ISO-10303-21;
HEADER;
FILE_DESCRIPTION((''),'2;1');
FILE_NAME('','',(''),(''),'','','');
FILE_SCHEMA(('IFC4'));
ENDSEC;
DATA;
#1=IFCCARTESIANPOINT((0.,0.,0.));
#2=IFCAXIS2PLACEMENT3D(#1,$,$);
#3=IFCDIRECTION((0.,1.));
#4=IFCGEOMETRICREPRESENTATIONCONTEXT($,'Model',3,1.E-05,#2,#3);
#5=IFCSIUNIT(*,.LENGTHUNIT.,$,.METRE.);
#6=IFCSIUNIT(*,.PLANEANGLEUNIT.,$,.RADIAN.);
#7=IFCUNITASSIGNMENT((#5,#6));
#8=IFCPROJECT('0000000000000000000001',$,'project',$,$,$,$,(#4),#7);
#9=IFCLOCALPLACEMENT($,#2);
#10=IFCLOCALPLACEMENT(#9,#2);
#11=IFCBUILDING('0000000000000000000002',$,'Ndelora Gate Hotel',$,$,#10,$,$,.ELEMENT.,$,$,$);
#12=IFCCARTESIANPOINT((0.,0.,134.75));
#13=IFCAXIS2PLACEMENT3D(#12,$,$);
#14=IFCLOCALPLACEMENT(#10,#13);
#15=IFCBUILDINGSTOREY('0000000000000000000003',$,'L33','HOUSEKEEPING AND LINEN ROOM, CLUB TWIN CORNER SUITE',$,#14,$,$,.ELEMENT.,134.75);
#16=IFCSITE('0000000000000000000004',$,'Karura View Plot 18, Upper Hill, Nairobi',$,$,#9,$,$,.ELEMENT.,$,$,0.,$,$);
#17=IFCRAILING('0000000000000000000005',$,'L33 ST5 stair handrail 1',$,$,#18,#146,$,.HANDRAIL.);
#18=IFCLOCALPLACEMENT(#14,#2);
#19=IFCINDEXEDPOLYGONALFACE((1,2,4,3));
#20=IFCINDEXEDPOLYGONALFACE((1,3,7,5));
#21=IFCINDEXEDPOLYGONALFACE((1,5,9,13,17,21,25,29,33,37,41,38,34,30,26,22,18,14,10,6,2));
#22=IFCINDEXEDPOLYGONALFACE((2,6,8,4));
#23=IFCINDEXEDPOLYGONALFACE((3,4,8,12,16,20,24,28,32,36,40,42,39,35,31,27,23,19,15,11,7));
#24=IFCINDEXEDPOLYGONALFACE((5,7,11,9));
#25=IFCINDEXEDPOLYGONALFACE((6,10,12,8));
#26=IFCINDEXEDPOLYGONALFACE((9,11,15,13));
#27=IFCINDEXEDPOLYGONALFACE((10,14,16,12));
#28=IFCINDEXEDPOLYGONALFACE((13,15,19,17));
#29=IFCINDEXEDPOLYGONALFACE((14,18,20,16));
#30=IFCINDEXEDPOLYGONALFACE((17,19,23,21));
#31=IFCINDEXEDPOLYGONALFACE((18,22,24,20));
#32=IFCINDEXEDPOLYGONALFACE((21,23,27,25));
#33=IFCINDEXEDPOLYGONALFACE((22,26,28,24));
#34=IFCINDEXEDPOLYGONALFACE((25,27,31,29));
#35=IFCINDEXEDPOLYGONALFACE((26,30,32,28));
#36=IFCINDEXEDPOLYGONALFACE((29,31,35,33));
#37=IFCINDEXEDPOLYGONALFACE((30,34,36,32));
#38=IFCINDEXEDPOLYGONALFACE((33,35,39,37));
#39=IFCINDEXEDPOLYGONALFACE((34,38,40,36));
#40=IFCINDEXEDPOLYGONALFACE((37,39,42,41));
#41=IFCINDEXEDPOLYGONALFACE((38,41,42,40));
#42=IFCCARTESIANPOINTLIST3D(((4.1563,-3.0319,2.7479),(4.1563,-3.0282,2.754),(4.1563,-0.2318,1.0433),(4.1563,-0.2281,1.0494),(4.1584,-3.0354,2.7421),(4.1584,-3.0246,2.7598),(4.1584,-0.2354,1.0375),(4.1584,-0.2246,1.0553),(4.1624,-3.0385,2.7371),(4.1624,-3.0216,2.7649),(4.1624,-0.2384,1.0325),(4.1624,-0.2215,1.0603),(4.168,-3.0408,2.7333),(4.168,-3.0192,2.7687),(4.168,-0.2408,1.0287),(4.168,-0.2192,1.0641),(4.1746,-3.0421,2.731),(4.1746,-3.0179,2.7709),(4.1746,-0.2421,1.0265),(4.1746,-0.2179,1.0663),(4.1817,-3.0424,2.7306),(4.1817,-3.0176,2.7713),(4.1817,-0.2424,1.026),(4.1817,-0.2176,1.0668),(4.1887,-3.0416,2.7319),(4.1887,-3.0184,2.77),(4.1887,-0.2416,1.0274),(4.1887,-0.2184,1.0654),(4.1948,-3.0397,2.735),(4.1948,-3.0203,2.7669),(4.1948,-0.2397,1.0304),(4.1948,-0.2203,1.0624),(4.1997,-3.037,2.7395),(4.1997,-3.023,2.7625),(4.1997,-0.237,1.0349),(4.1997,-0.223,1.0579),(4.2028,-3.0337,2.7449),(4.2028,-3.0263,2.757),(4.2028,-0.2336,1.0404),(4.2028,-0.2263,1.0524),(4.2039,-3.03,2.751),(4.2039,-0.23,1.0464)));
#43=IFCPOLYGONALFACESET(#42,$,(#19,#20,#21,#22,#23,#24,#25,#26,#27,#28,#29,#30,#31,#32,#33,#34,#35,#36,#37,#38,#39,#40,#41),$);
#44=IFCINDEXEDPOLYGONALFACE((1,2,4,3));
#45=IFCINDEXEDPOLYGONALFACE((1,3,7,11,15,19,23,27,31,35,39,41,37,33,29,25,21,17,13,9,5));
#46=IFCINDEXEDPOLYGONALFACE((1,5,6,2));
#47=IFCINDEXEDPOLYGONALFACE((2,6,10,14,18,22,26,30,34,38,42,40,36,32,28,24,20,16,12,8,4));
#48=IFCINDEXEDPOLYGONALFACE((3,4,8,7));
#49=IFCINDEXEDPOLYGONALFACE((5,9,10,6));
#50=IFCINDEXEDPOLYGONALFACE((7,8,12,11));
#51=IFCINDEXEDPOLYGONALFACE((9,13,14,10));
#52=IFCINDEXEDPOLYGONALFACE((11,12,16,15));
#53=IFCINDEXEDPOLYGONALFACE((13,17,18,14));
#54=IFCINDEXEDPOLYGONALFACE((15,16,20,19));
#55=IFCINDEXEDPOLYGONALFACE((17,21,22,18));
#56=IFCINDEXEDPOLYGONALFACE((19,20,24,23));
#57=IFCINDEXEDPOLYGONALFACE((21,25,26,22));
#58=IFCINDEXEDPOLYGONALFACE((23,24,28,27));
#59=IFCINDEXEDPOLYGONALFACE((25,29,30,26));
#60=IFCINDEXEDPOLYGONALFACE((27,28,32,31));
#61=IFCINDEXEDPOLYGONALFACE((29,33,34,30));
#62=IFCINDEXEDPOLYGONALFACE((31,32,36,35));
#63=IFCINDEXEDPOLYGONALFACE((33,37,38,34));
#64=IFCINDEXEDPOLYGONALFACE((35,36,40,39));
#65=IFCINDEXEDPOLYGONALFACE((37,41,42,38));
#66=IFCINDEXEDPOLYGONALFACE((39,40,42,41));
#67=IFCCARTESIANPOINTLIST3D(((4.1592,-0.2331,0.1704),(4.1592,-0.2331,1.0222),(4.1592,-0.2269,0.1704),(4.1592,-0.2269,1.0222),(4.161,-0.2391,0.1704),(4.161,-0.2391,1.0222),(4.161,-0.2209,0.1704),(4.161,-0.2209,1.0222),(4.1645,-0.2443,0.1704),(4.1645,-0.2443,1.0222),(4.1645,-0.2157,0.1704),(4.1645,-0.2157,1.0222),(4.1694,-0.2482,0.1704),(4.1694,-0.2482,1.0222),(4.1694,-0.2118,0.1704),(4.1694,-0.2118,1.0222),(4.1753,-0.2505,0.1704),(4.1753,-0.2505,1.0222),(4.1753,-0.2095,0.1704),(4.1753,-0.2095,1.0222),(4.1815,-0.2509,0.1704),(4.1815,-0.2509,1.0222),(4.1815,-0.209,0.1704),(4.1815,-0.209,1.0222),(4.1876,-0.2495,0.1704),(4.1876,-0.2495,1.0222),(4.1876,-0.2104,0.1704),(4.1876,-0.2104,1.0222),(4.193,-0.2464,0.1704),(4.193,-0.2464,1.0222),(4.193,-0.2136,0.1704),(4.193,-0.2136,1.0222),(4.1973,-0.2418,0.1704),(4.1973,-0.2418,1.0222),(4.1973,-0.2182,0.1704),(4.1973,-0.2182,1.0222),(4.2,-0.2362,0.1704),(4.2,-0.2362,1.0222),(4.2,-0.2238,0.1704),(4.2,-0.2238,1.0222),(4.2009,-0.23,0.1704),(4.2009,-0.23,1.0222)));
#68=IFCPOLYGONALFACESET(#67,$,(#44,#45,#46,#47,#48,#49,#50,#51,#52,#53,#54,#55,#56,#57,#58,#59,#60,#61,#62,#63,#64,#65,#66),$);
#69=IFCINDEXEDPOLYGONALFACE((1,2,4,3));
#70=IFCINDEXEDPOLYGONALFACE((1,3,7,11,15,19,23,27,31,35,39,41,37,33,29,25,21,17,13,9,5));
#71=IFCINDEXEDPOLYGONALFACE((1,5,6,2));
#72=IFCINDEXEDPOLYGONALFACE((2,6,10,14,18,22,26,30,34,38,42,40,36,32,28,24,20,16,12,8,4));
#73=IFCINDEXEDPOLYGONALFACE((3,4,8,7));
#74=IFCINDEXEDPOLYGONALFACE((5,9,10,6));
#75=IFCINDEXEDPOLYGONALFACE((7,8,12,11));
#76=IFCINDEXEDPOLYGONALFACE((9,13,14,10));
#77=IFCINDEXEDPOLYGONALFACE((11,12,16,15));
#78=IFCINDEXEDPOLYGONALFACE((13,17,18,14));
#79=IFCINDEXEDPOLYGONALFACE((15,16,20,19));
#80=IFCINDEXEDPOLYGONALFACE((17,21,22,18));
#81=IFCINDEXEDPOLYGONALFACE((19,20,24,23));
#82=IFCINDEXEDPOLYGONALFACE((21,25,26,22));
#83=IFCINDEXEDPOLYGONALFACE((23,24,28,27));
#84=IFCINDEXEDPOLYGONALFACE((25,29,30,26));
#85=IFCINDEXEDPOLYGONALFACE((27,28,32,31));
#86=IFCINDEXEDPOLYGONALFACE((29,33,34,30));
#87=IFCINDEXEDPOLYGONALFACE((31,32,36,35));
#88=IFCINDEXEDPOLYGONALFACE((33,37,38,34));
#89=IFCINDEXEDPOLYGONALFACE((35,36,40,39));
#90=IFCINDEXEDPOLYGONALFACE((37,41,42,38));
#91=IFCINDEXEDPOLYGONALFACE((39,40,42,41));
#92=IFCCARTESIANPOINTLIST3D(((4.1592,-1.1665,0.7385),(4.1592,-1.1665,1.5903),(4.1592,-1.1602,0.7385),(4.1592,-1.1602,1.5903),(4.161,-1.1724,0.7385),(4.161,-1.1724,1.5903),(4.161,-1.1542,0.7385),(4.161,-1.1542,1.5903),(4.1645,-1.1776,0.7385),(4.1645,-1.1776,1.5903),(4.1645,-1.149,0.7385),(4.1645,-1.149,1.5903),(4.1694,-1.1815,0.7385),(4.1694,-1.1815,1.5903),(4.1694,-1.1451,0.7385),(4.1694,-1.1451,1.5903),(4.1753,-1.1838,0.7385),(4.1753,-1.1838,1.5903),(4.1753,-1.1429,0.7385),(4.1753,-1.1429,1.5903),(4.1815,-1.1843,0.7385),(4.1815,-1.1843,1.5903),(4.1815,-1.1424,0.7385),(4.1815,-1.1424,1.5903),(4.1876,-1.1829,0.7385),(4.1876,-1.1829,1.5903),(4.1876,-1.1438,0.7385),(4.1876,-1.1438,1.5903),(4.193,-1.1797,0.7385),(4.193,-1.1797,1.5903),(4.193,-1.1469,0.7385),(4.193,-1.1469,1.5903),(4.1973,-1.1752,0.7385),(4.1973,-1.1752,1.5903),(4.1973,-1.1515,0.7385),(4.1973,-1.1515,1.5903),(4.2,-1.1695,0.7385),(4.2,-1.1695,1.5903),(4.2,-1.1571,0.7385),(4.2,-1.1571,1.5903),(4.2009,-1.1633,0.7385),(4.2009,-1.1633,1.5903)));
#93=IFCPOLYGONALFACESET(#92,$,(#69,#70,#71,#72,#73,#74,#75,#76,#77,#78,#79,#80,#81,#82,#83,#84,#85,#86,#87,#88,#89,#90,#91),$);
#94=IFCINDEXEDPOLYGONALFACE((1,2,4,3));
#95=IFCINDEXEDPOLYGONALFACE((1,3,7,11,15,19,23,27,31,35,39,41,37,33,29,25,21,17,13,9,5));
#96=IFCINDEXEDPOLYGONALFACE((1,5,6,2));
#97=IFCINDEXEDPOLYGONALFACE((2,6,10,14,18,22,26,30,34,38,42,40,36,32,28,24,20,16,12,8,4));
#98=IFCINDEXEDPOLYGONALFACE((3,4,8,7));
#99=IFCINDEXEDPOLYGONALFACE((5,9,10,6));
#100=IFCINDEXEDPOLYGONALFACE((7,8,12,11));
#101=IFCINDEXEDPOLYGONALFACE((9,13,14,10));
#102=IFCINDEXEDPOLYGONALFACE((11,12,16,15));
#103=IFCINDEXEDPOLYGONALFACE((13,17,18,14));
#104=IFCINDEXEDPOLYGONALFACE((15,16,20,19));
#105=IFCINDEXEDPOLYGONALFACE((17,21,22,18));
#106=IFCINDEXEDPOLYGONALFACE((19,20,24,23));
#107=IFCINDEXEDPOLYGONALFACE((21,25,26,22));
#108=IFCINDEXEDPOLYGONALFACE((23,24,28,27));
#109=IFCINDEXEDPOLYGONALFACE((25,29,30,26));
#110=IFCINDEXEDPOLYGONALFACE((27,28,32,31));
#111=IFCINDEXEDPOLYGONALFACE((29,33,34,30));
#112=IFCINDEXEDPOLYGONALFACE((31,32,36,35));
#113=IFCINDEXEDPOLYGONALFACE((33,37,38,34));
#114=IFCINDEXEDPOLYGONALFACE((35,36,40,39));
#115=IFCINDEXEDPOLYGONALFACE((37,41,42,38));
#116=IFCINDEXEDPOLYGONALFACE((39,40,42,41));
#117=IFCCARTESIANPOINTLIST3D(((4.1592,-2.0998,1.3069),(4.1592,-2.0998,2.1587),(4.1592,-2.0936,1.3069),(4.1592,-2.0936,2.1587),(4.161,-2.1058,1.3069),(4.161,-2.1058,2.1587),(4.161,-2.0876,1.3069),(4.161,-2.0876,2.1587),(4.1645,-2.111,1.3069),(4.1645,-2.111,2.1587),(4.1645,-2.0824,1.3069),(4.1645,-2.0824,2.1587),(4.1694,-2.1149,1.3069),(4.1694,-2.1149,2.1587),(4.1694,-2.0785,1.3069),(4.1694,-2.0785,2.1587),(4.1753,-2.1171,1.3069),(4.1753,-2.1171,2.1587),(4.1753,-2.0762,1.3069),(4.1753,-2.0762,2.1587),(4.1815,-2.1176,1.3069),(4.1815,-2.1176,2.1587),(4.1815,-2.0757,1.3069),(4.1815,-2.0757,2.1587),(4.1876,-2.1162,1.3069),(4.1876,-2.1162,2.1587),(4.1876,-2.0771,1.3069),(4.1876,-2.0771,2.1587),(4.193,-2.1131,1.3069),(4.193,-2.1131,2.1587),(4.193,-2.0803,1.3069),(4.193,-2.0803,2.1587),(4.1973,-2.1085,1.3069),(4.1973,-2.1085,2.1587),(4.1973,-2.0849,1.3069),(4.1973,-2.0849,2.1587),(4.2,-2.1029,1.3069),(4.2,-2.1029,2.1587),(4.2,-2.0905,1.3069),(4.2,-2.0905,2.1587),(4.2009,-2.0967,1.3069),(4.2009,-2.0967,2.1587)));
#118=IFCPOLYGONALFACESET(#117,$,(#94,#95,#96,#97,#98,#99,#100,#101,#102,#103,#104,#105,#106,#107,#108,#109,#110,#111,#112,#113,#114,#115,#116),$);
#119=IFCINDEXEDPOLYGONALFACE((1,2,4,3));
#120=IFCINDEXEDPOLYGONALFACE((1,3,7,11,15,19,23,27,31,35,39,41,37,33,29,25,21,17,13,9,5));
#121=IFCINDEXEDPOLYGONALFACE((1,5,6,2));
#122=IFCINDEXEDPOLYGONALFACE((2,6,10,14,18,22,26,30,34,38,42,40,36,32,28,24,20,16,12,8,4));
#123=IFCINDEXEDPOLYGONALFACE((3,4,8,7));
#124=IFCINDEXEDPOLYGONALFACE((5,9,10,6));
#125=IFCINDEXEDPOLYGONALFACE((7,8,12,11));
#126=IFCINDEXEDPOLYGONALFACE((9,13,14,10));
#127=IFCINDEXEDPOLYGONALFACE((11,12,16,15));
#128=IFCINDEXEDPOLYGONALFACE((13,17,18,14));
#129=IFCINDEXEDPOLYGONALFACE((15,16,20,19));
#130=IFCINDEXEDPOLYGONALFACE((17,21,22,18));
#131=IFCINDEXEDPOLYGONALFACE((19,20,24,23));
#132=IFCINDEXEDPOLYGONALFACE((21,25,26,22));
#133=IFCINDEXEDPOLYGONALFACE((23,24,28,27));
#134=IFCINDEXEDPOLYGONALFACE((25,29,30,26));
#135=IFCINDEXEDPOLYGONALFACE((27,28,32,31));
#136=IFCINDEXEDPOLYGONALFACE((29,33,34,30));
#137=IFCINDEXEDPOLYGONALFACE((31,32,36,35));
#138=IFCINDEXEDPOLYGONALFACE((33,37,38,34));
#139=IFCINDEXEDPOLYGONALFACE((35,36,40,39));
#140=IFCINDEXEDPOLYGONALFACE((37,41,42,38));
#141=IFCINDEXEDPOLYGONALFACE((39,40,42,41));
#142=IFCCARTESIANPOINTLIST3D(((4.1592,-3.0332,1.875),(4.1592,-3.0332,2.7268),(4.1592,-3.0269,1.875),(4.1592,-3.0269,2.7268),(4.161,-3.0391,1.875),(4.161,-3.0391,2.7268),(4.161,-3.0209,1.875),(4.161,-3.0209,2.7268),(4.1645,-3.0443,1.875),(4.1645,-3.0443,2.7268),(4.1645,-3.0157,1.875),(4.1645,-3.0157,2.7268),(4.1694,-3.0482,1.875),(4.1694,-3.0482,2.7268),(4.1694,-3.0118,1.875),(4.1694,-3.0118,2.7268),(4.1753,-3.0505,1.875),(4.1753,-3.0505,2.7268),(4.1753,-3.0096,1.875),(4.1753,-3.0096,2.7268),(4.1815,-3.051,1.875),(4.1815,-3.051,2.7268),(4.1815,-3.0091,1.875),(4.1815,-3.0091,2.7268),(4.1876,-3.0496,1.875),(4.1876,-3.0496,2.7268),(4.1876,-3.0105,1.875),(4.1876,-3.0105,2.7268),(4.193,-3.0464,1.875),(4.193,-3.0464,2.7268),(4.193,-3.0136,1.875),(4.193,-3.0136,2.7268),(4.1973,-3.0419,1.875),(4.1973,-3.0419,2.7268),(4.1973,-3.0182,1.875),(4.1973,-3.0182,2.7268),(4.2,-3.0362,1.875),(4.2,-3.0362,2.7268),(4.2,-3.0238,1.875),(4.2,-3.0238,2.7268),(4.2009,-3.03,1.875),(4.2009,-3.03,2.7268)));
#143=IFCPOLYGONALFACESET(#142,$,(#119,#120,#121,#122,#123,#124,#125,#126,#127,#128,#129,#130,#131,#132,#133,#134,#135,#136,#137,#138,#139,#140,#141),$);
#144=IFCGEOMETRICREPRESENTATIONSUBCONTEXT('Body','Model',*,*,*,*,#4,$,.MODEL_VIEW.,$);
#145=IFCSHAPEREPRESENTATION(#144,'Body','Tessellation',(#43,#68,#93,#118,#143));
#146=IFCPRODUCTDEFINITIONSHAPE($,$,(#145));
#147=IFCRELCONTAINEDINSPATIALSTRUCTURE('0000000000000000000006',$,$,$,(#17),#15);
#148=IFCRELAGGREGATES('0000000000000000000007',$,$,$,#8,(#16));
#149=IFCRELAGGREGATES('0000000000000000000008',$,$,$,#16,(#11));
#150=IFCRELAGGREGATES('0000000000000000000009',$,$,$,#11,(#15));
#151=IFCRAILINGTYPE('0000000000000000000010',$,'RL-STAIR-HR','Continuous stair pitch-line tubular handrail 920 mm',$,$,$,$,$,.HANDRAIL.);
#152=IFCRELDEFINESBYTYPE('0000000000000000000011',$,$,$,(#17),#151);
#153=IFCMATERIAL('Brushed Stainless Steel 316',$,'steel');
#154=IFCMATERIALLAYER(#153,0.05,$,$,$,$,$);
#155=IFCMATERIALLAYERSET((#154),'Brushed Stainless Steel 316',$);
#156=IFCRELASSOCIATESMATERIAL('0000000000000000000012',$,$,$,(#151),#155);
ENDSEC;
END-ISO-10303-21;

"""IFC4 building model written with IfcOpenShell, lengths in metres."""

from ifc_helpers import new_model, si_unit, direction, frame, origin, origin_2d, place, context, subcontext, project, spatial, circle, extrude, material, layer, layer_set, type_object, element, save


model = new_model("IFC4")

# Units and contexts
model_context = context("Model", 3, precision=1e-05, world=origin(), true_north=direction((0.0, 1.0)))
body_context = subcontext(model_context, "Body", "Model", "MODEL_VIEW")
ifc_project = project(units=[si_unit("LENGTHUNIT", "METRE"), si_unit("PLANEANGLEUNIT", "RADIAN")], contexts=[model_context])

# Site, building, storey
site_placement = place(None, origin())
site = spatial("IfcSite", under=ifc_project, at=site_placement, Name="Karura View Plot 18, Upper Hill, Nairobi", CompositionType="ELEMENT", RefElevation=0.0)
building_placement = place(site_placement, origin())
building = spatial("IfcBuilding", under=site, at=building_placement, Name="Ndelora Gate Hotel", CompositionType="ELEMENT")
storey_placement = place(building_placement, frame((0.0, 0.0, 134.75)))
storey = spatial("IfcBuildingStorey", under=building, at=storey_placement, Name="L33", Description="HOUSEKEEPING AND LINEN ROOM, CLUB TWIN CORNER SUITE", CompositionType="ELEMENT", Elevation=134.75)

# Railing
ifc_material_1 = material(Name="Brushed Stainless Steel 316", Category="steel")
ifc_layer_1 = layer(ifc_material_1, 0.05)
ifc_layer_set_1 = layer_set([ifc_layer_1], Name="Brushed Stainless Steel 316")
railing_type_1 = type_object("IfcRailingType", Name="RL-STAIR-HR", Description="Continuous stair pitch-line tubular handrail 920 mm", PredefinedType="HANDRAIL", material=ifc_layer_set_1)
railing_1_placement = place(storey_placement, frame((4.1799, -0.23, 0.1704)))
element("IfcRailing", 1, at=railing_1_placement, inside=storey, type_object=railing_type_1, Name="L33 ST5 stair handrail 1", PredefinedType="HANDRAIL", context=body_context, shape_type="SweptSolid", body=[
    extrude(circle(Radius=0.0239, at=origin_2d()), frame((0.0, 0.0, 0.876), z_axis=(0.0, -0.85417, 0.519994), x_axis=(1.0, 0.0, 0.0)), (0.0, 0.0, 1.0), 3.2781),
    extrude(circle(Radius=0.021, at=origin_2d()), origin(), (0.0, 0.0, 1.0), 0.8518),
    extrude(circle(Radius=0.021, at=origin_2d()), frame((0.0, -0.9333, 0.5681)), (0.0, 0.0, 1.0), 0.8518),
    extrude(circle(Radius=0.021, at=origin_2d()), frame((0.0, -1.8667, 1.1365)), (0.0, 0.0, 1.0), 0.8518),
    extrude(circle(Radius=0.021, at=origin_2d()), frame((0.0, -2.8, 1.7046)), (0.0, 0.0, 1.0), 0.8518),
])

save(model, "model.ifc")
